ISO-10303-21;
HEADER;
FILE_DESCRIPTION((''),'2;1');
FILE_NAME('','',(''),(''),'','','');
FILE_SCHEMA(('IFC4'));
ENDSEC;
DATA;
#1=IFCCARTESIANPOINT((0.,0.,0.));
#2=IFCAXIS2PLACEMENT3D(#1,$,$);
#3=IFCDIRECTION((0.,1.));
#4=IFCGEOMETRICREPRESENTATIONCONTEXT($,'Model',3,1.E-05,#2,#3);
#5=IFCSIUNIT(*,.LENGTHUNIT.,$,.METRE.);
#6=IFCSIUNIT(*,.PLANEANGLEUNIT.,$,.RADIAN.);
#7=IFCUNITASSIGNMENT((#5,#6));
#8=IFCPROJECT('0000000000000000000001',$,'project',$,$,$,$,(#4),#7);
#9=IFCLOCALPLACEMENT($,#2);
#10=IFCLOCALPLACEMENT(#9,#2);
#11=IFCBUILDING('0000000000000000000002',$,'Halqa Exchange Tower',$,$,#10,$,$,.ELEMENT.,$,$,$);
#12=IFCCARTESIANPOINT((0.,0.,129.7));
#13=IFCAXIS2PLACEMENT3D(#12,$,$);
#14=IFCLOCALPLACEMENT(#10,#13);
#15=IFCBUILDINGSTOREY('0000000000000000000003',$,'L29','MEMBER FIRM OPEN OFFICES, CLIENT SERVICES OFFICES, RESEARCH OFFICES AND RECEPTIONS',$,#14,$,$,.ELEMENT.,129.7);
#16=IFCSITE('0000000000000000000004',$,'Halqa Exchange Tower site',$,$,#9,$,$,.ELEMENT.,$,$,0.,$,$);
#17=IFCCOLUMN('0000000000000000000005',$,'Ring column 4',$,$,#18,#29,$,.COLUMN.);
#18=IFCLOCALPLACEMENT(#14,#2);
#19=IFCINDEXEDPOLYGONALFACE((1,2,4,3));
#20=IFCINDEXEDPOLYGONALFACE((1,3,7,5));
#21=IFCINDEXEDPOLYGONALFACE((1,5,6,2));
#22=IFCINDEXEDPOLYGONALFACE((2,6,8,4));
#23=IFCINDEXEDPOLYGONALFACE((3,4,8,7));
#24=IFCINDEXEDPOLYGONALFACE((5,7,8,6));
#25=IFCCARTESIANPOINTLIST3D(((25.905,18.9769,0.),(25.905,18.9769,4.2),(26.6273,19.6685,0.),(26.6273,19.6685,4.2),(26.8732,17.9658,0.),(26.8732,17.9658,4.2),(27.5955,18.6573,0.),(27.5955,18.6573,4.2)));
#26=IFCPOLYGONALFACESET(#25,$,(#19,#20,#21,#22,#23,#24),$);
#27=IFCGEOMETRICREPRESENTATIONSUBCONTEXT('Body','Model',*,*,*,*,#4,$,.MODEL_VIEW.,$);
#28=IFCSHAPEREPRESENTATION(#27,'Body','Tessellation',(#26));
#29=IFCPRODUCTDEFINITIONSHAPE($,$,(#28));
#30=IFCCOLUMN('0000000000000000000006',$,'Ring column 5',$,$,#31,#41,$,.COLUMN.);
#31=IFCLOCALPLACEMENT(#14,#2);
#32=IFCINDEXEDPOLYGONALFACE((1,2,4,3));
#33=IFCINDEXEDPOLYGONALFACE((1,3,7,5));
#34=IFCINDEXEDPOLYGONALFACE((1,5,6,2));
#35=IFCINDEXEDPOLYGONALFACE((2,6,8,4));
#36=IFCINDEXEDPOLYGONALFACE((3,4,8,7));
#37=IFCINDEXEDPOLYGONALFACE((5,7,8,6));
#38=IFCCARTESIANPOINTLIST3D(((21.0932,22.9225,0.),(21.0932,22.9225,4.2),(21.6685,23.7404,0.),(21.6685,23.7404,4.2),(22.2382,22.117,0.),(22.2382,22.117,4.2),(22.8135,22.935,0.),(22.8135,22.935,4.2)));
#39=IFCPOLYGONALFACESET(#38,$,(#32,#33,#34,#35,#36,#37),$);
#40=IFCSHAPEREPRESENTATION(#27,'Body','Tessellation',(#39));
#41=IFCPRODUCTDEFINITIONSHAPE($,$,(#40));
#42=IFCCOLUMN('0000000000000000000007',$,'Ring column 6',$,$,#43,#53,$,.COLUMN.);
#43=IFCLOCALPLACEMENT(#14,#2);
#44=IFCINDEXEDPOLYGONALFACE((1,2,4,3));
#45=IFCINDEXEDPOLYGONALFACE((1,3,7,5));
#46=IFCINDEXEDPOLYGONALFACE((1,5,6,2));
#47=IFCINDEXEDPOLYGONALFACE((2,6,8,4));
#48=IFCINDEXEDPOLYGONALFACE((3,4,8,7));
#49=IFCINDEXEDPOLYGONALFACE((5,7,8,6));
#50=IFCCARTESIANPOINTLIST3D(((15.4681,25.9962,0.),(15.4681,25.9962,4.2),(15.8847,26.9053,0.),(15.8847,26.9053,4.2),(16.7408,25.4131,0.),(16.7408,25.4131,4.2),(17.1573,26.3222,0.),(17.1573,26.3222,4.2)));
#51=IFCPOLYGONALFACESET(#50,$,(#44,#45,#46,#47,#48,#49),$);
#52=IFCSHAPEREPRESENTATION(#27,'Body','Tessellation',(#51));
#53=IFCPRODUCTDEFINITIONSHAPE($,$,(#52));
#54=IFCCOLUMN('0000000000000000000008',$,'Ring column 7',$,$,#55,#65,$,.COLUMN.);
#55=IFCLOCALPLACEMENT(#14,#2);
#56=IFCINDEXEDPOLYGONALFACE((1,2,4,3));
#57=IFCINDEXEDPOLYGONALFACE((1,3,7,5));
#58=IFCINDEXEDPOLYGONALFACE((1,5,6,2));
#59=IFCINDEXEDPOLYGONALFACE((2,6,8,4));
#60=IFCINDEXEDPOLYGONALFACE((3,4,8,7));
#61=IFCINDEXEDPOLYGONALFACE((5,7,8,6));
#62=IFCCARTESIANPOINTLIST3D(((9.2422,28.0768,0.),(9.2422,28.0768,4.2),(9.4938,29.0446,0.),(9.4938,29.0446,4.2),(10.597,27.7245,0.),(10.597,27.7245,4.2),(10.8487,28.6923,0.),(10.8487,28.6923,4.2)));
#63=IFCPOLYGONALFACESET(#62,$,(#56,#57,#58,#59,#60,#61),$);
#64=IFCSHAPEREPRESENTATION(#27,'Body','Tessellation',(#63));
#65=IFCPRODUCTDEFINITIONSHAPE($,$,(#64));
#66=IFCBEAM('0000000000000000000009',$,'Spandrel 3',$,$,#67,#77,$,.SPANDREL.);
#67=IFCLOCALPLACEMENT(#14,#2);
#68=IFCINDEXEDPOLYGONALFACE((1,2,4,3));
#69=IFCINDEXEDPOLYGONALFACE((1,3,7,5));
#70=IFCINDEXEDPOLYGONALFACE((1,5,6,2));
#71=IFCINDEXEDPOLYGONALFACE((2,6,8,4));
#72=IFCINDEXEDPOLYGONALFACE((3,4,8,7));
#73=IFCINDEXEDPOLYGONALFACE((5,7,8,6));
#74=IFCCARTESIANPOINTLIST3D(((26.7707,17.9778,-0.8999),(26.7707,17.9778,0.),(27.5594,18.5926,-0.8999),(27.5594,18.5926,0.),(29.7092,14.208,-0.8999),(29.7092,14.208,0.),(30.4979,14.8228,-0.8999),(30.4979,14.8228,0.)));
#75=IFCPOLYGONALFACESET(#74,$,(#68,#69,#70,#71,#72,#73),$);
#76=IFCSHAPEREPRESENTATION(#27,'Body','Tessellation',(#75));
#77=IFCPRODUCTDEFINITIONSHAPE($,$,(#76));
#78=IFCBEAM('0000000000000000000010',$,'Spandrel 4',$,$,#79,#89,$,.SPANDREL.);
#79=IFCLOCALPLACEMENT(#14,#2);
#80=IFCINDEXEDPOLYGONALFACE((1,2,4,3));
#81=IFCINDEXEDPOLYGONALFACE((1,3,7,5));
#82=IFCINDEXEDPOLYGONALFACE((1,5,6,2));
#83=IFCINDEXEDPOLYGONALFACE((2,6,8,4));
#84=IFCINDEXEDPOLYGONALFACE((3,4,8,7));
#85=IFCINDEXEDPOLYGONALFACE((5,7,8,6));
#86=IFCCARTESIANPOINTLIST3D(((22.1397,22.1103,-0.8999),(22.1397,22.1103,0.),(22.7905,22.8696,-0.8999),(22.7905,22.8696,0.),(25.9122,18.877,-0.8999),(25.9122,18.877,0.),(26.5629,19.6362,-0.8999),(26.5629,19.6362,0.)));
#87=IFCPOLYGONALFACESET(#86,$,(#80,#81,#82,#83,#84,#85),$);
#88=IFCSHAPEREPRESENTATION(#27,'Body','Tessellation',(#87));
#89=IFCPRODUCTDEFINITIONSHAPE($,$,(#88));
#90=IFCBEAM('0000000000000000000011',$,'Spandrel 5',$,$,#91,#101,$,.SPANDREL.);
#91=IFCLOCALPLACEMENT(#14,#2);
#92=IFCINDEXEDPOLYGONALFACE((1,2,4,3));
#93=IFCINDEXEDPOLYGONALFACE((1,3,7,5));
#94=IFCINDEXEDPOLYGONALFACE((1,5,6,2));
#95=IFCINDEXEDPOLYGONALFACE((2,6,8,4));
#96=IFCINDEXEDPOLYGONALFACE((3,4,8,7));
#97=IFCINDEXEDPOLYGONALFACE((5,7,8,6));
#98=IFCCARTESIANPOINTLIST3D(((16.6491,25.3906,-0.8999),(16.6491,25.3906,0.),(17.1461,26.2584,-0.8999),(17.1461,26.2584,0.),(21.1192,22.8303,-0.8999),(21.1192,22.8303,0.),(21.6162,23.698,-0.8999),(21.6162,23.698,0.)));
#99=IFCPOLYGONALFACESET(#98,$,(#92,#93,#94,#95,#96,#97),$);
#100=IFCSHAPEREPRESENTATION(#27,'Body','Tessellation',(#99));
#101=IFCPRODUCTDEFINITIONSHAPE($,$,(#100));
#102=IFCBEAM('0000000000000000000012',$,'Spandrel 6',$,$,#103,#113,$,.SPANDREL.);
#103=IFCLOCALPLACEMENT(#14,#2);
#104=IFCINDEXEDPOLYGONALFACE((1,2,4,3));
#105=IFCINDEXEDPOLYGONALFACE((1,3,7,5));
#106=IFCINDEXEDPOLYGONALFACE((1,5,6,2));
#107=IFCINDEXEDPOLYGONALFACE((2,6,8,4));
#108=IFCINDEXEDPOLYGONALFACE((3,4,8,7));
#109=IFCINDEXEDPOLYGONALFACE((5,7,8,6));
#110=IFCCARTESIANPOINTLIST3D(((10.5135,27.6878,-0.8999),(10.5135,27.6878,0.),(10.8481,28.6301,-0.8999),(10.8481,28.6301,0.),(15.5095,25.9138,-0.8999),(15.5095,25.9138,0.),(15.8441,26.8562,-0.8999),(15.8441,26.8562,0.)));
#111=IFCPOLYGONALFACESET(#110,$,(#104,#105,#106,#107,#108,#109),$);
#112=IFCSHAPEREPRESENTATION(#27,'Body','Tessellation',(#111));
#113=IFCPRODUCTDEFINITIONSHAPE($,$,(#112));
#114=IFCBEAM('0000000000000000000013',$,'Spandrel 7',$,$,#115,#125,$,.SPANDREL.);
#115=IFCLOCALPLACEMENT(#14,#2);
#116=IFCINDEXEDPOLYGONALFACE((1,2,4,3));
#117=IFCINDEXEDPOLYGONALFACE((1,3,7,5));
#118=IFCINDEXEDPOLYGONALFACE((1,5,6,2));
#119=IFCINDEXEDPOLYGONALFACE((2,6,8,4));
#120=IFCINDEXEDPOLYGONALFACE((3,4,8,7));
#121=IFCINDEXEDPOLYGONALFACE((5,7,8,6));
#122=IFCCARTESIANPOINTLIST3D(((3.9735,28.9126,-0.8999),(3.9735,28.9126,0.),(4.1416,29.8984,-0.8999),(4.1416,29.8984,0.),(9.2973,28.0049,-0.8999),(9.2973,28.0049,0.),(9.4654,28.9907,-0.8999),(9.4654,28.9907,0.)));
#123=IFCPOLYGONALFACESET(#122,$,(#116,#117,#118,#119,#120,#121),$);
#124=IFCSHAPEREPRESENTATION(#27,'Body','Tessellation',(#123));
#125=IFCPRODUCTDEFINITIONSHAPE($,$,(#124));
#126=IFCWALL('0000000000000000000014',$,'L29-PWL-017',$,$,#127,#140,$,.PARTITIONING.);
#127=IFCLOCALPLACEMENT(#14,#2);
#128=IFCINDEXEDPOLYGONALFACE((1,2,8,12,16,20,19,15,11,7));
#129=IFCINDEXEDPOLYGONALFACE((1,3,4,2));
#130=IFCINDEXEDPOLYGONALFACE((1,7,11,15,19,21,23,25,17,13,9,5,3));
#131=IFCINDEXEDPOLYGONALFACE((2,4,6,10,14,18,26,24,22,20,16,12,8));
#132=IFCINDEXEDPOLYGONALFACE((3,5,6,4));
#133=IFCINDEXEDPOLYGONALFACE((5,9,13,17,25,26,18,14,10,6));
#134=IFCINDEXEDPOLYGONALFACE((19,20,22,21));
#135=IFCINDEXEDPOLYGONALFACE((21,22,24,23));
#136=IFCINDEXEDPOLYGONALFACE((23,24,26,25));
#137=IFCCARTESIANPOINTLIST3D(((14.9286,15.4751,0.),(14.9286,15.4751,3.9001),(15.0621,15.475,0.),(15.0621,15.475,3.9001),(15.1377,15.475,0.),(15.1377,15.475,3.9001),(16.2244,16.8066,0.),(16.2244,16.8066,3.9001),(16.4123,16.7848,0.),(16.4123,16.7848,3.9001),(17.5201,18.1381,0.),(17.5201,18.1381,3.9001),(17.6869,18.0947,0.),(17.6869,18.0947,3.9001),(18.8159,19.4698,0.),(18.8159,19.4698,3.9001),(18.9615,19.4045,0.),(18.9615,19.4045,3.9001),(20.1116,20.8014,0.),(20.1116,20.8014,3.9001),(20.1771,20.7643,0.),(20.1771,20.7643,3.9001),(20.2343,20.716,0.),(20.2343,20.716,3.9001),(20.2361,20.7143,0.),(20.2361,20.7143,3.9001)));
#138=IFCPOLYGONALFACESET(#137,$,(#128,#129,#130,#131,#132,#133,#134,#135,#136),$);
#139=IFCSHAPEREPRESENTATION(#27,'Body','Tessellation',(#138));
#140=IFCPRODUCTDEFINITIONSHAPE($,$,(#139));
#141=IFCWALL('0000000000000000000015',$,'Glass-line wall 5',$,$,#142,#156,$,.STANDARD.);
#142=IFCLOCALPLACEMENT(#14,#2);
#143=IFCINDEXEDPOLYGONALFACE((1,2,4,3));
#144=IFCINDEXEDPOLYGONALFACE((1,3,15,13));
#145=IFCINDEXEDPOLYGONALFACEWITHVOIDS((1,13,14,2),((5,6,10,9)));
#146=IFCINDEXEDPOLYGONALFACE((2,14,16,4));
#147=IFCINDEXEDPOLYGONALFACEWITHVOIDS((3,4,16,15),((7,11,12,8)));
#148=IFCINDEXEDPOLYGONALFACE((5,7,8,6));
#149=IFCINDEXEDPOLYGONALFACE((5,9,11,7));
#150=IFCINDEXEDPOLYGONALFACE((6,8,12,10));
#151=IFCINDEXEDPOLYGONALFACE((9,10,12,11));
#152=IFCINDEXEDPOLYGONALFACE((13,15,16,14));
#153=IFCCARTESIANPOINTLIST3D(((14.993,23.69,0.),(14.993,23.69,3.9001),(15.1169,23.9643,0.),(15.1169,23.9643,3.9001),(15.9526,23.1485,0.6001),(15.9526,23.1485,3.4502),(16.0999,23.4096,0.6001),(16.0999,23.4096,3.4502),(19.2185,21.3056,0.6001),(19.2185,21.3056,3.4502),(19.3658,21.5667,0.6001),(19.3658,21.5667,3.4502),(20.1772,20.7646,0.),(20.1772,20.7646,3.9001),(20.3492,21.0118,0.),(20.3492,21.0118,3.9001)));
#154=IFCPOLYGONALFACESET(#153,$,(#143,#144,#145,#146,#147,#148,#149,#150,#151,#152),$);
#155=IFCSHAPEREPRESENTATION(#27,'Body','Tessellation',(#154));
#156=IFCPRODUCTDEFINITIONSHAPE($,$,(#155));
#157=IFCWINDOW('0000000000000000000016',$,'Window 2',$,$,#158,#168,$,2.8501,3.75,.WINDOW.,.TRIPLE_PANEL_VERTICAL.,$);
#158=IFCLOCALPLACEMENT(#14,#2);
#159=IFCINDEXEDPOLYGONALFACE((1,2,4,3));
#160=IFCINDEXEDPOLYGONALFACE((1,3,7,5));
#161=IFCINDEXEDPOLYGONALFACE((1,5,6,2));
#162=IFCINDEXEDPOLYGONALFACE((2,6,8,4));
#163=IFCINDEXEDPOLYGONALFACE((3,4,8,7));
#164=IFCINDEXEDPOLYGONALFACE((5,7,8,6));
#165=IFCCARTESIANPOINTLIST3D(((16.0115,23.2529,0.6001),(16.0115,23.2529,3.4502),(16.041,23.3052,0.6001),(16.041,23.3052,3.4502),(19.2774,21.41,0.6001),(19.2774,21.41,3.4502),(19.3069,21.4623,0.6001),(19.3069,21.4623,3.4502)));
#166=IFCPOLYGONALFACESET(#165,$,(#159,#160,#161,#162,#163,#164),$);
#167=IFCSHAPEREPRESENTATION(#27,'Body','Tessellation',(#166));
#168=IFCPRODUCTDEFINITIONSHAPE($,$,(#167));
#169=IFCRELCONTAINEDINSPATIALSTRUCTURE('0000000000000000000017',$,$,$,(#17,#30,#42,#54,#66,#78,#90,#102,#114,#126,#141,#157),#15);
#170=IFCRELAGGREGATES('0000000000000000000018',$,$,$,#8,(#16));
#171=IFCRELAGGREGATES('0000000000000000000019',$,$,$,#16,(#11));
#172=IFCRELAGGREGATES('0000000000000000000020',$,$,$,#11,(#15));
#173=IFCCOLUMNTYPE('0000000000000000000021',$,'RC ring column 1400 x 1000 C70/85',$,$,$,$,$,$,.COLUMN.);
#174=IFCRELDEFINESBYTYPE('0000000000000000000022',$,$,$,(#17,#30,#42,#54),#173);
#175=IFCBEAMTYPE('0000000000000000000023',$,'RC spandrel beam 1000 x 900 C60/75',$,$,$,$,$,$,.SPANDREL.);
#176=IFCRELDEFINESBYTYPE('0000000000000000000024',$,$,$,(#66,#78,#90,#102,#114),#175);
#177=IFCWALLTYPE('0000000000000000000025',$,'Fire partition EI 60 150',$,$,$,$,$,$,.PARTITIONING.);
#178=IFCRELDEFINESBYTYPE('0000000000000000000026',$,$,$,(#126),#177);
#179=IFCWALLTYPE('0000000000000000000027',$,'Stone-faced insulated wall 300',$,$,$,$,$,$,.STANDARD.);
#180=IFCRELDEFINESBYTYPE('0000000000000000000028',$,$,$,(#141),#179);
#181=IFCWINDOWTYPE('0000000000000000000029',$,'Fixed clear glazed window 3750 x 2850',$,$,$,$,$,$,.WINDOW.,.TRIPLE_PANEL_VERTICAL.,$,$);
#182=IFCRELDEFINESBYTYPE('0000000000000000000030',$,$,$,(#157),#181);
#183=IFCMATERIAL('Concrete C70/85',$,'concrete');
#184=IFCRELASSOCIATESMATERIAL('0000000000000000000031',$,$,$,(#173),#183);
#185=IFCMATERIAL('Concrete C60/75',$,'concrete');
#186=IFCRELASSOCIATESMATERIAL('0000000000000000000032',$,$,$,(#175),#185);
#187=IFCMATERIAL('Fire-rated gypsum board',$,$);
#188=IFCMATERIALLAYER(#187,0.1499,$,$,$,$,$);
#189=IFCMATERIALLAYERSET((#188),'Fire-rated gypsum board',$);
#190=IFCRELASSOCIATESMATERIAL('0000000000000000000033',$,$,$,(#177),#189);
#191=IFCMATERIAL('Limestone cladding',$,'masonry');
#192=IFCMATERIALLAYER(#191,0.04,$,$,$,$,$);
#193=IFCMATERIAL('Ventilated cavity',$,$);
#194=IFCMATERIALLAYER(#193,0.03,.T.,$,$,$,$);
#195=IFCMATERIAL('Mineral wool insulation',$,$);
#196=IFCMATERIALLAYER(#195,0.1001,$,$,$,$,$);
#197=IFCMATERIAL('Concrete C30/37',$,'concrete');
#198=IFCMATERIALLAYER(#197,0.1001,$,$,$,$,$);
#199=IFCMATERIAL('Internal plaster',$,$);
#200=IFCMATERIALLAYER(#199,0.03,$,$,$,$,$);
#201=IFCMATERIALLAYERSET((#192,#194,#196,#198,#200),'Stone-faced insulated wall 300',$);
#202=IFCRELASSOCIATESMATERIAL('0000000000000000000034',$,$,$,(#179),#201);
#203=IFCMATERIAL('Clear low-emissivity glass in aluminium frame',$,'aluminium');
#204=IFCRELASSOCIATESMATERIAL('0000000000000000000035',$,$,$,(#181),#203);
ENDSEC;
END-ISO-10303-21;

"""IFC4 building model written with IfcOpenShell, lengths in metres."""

from ifc_helpers import new_model, si_unit, direction, frame, frame_2d, origin, origin_2d, place, context, subcontext, project, spatial, polyline, rectangle, outline, extrude, material, layer, layer_set, material_profile, profile_set, type_object, element, fill, save


model = new_model("IFC4")

# Units and contexts
model_context = context("Model", 3, precision=1e-05, world=origin(), true_north=direction((0.0, 1.0)))
body_context = subcontext(model_context, "Body", "Model", "MODEL_VIEW")
ifc_project = project(units=[si_unit("LENGTHUNIT", "METRE"), si_unit("PLANEANGLEUNIT", "RADIAN")], contexts=[model_context])

# Site, building, storey
site_placement = place(None, origin())
site = spatial("IfcSite", under=ifc_project, at=site_placement, Name="Halqa Exchange Tower site", CompositionType="ELEMENT", RefElevation=0.0)
building_placement = place(site_placement, origin())
building = spatial("IfcBuilding", under=site, at=building_placement, Name="Halqa Exchange Tower", CompositionType="ELEMENT")
storey_placement = place(building_placement, frame((0.0, 0.0, 129.7)))
storey = spatial("IfcBuildingStorey", under=building, at=storey_placement, Name="L29", Description="MEMBER FIRM OPEN OFFICES, CLIENT SERVICES OFFICES, RESEARCH OFFICES AND RECEPTIONS", CompositionType="ELEMENT", Elevation=129.7)

# Columns
ifc_material_1 = material(Name="Concrete C70/85", Category="concrete")
ifc_material_profile_1 = material_profile(ifc_material_1, rectangle(XDim=1.3999, YDim=1.0, at=origin_2d()), Name="1400 x 1000")
ifc_profile_set_1 = profile_set([ifc_material_profile_1], Name="Concrete C70/85")
column_type = type_object("IfcColumnType", Name="RC ring column 1400 x 1000 C70/85", PredefinedType="COLUMN", material=ifc_profile_set_1)
for number, where, z_axis, x_axis, name in (
    (1, (26.7502, 18.8171, 0.0), (0.0, 0.0, 1.0), (-0.691571, 0.722308, 0.0), "Ring column 4"),
    (2, (21.9534, 22.9287, 0.0), (0.0, 0.0, 1.0), (-0.81791, 0.575346, 0.0), "Ring column 5"),
    (3, (16.3127, 26.1592, 0.0), (0.0, 0.0, 1.0), (-0.909126, 0.41652, 0.0), "Ring column 6"),
    (4, (10.0454, 28.3845, 0.0), (0.0, 0.0, 1.0), (-0.96782, 0.251645, 0.0), "Ring column 7"),
):
    element("IfcColumn", number, at=place(storey_placement, frame(where, z_axis=z_axis, x_axis=x_axis)), inside=storey, type_object=column_type, Name=name, PredefinedType="COLUMN", context=body_context, shape_type="SweptSolid", body=[
        extrude(rectangle(XDim=1.3999, YDim=1.0, at=origin_2d()), origin(), (0.0, 0.0, 1.0), 4.2),
    ])

# Beams
ifc_material_2 = material(Name="Concrete C60/75", Category="concrete")
ifc_material_profile_2 = material_profile(ifc_material_2, rectangle(XDim=1.0, YDim=0.8999, at=origin_2d()), Name="1000 x 900")
ifc_profile_set_2 = profile_set([ifc_material_profile_2], Name="Concrete C60/75")
beam_type = type_object("IfcBeamType", Name="RC spandrel beam 1000 x 900 C60/75", PredefinedType="SPANDREL", material=ifc_profile_set_2)
beam_1_placement = place(storey_placement, frame((30.1035, 14.5154, -0.45), z_axis=(-0.614778, 0.7887, 0.0), x_axis=(-0.7887, -0.614778, 0.0)))
element("IfcBeam", 5, at=beam_1_placement, inside=storey, type_object=beam_type, Name="Spandrel 3", PredefinedType="SPANDREL", context=body_context, shape_type="SweptSolid", body=[
    extrude(rectangle(XDim=1.0, YDim=0.8999, at=origin_2d()), origin(), (0.0, 0.0, 1.0), 4.7798),
])
beam_2_placement = place(storey_placement, frame((26.2375, 19.2566, -0.45), z_axis=(-0.75927, 0.650775, 0.0), x_axis=(-0.650775, -0.75927, 0.0)))
element("IfcBeam", 6, at=beam_2_placement, inside=storey, type_object=beam_type, Name="Spandrel 4", PredefinedType="SPANDREL", context=body_context, shape_type="SweptSolid", body=[
    extrude(rectangle(XDim=1.0, YDim=0.8999, at=origin_2d()), origin(), (0.0, 0.0, 1.0), 4.9685),
])
beam_3_placement = place(storey_placement, frame((21.3677, 23.2642, -0.45), z_axis=(-0.867738, 0.497022, 0.0), x_axis=(-0.497022, -0.867738, 0.0)))
element("IfcBeam", 7, at=beam_3_placement, inside=storey, type_object=beam_type, Name="Spandrel 5", PredefinedType="SPANDREL", context=body_context, shape_type="SweptSolid", body=[
    extrude(rectangle(XDim=1.0, YDim=0.8999, at=origin_2d()), origin(), (0.0, 0.0, 1.0), 5.1514),
])
beam_4_placement = place(storey_placement, frame((15.6768, 26.385, -0.45), z_axis=(-0.942356, 0.334612, 0.0), x_axis=(-0.334612, -0.942356, 0.0)))
element("IfcBeam", 8, at=beam_4_placement, inside=storey, type_object=beam_type, Name="Spandrel 6", PredefinedType="SPANDREL", context=body_context, shape_type="SweptSolid", body=[
    extrude(rectangle(XDim=1.0, YDim=0.8999, at=origin_2d()), origin(), (0.0, 0.0, 1.0), 5.3015),
])
beam_5_placement = place(storey_placement, frame((9.3813, 28.4978, -0.45), z_axis=(-0.985774, 0.168078, 0.0), x_axis=(-0.168078, -0.985774, 0.0)))
element("IfcBeam", 9, at=beam_5_placement, inside=storey, type_object=beam_type, Name="Spandrel 7", PredefinedType="SPANDREL", context=body_context, shape_type="SweptSolid", body=[
    extrude(rectangle(XDim=1.0, YDim=0.8999, at=origin_2d()), origin(), (0.0, 0.0, 1.0), 5.4006),
])

# Wall
ifc_material_3 = material(Name="Fire-rated gypsum board")
ifc_layer_1 = layer(ifc_material_3, 0.1499)
ifc_layer_set_1 = layer_set([ifc_layer_1], Name="Fire-rated gypsum board")
wall_type_1 = type_object("IfcWallType", Name="Fire partition EI 60 150", PredefinedType="PARTITIONING", material=ifc_layer_set_1)
wall_1_placement = place(storey_placement, frame((20.1824, 20.7666, 0.0), z_axis=(0.0, 0.0, 1.0), x_axis=(-0.697398, -0.716684, 0.0)))
element("IfcWall", 10, at=wall_1_placement, inside=storey, type_object=wall_type_1, Name="L29-PWL-017", PredefinedType="PARTITIONING", context=body_context, shape_type="SweptSolid", body=[
    extrude(outline(polyline([(7.4563, -0.075), (7.4563, -0.075), (7.3633, 0.0208), (7.3633, 0.0208), (7.3105, 0.075), (5.4829, 0.075), (3.6553, 0.075), (1.8276, 0.075), (0.0, 0.075), (0.0, 0.0725), (0.0054, -0.0022), (0.0244, -0.075), (1.8823, -0.075), (3.7405, -0.075), (5.5984, -0.075), (7.4563, -0.075)])), origin(), (0.0, 0.0, 1.0), 3.9001),
])

# Shared definitions
ifc_material_4 = material(Name="Limestone cladding", Category="masonry")
ifc_layer_2 = layer(ifc_material_4, 0.04)
ifc_material_5 = material(Name="Ventilated cavity")
ifc_layer_3 = layer(ifc_material_5, 0.03, ventilated=True)
ifc_material_6 = material(Name="Mineral wool insulation")
ifc_layer_4 = layer(ifc_material_6, 0.1001)
ifc_material_7 = material(Name="Concrete C30/37", Category="concrete")
ifc_layer_5 = layer(ifc_material_7, 0.1001)
ifc_material_8 = material(Name="Internal plaster")
ifc_layer_6 = layer(ifc_material_8, 0.03)
ifc_layer_set_2 = layer_set([ifc_layer_2, ifc_layer_3, ifc_layer_4, ifc_layer_5, ifc_layer_6], Name="Stone-faced insulated wall 300")
wall_type_2 = type_object("IfcWallType", Name="Stone-faced insulated wall 300", PredefinedType="STANDARD", material=ifc_layer_set_2)
ifc_material_9 = material(Name="Clear low-emissivity glass in aluminium frame", Category="aluminium")

# Wall, opening, window
wall_2_placement = place(storey_placement, frame((20.2632, 20.8882, 0.0), z_axis=(0.0, 0.0, 1.0), x_axis=(-0.870909, 0.491445, 0.0)))
wall_2 = element("IfcWall", 11, at=wall_2_placement, inside=storey, type_object=wall_type_2, Name="Glass-line wall 5", PredefinedType="STANDARD", context=body_context, shape_type="SweptSolid", body=[
    extrude(outline(polyline([(-0.0142, -0.1499), (5.9937, -0.1499), (5.9668, 0.1499), (0.0142, 0.1499), (-0.0142, -0.1499)])), origin(), (0.0, 0.0, 1.0), 3.9001),
])
opening_1_placement = place(wall_2_placement, frame((1.115, 0.0, 0.6001)))
opening_1 = element("IfcOpeningElement", 12, at=opening_1_placement, cuts=wall_2, PredefinedType="OPENING", context=body_context, shape_type="SweptSolid", body=[
    extrude(rectangle(XDim=3.75, YDim=2.8501, at=frame_2d((1.875, 1.425))), frame((0.0, 0.1621, 0.0), z_axis=(0.0, -1.0, 0.0), x_axis=(1.0, 0.0, 0.0)), (0.0, 0.0, 1.0), 0.324),
])
window_type = type_object("IfcWindowType", Name="Fixed clear glazed window 3750 x 2850", PartitioningType="TRIPLE_PANEL_VERTICAL", PredefinedType="WINDOW", material=ifc_material_9)
window_1_placement = place(opening_1_placement, origin())
window_1 = element("IfcWindow", 13, at=window_1_placement, inside=storey, type_object=window_type, Name="Window 2", OverallHeight=2.8501, OverallWidth=3.75, PartitioningType="TRIPLE_PANEL_VERTICAL", PredefinedType="WINDOW", context=body_context, shape_type="SweptSolid", body=[
    extrude(rectangle(XDim=3.75, YDim=2.8501, at=frame_2d((1.875, 1.425))), frame((0.0, 0.03, 0.0), z_axis=(0.0, -1.0, 0.0), x_axis=(1.0, 0.0, 0.0)), (0.0, 0.0, 1.0), 0.0601),
])
fill(opening_1, window_1)

save(model, "model.ifc")
